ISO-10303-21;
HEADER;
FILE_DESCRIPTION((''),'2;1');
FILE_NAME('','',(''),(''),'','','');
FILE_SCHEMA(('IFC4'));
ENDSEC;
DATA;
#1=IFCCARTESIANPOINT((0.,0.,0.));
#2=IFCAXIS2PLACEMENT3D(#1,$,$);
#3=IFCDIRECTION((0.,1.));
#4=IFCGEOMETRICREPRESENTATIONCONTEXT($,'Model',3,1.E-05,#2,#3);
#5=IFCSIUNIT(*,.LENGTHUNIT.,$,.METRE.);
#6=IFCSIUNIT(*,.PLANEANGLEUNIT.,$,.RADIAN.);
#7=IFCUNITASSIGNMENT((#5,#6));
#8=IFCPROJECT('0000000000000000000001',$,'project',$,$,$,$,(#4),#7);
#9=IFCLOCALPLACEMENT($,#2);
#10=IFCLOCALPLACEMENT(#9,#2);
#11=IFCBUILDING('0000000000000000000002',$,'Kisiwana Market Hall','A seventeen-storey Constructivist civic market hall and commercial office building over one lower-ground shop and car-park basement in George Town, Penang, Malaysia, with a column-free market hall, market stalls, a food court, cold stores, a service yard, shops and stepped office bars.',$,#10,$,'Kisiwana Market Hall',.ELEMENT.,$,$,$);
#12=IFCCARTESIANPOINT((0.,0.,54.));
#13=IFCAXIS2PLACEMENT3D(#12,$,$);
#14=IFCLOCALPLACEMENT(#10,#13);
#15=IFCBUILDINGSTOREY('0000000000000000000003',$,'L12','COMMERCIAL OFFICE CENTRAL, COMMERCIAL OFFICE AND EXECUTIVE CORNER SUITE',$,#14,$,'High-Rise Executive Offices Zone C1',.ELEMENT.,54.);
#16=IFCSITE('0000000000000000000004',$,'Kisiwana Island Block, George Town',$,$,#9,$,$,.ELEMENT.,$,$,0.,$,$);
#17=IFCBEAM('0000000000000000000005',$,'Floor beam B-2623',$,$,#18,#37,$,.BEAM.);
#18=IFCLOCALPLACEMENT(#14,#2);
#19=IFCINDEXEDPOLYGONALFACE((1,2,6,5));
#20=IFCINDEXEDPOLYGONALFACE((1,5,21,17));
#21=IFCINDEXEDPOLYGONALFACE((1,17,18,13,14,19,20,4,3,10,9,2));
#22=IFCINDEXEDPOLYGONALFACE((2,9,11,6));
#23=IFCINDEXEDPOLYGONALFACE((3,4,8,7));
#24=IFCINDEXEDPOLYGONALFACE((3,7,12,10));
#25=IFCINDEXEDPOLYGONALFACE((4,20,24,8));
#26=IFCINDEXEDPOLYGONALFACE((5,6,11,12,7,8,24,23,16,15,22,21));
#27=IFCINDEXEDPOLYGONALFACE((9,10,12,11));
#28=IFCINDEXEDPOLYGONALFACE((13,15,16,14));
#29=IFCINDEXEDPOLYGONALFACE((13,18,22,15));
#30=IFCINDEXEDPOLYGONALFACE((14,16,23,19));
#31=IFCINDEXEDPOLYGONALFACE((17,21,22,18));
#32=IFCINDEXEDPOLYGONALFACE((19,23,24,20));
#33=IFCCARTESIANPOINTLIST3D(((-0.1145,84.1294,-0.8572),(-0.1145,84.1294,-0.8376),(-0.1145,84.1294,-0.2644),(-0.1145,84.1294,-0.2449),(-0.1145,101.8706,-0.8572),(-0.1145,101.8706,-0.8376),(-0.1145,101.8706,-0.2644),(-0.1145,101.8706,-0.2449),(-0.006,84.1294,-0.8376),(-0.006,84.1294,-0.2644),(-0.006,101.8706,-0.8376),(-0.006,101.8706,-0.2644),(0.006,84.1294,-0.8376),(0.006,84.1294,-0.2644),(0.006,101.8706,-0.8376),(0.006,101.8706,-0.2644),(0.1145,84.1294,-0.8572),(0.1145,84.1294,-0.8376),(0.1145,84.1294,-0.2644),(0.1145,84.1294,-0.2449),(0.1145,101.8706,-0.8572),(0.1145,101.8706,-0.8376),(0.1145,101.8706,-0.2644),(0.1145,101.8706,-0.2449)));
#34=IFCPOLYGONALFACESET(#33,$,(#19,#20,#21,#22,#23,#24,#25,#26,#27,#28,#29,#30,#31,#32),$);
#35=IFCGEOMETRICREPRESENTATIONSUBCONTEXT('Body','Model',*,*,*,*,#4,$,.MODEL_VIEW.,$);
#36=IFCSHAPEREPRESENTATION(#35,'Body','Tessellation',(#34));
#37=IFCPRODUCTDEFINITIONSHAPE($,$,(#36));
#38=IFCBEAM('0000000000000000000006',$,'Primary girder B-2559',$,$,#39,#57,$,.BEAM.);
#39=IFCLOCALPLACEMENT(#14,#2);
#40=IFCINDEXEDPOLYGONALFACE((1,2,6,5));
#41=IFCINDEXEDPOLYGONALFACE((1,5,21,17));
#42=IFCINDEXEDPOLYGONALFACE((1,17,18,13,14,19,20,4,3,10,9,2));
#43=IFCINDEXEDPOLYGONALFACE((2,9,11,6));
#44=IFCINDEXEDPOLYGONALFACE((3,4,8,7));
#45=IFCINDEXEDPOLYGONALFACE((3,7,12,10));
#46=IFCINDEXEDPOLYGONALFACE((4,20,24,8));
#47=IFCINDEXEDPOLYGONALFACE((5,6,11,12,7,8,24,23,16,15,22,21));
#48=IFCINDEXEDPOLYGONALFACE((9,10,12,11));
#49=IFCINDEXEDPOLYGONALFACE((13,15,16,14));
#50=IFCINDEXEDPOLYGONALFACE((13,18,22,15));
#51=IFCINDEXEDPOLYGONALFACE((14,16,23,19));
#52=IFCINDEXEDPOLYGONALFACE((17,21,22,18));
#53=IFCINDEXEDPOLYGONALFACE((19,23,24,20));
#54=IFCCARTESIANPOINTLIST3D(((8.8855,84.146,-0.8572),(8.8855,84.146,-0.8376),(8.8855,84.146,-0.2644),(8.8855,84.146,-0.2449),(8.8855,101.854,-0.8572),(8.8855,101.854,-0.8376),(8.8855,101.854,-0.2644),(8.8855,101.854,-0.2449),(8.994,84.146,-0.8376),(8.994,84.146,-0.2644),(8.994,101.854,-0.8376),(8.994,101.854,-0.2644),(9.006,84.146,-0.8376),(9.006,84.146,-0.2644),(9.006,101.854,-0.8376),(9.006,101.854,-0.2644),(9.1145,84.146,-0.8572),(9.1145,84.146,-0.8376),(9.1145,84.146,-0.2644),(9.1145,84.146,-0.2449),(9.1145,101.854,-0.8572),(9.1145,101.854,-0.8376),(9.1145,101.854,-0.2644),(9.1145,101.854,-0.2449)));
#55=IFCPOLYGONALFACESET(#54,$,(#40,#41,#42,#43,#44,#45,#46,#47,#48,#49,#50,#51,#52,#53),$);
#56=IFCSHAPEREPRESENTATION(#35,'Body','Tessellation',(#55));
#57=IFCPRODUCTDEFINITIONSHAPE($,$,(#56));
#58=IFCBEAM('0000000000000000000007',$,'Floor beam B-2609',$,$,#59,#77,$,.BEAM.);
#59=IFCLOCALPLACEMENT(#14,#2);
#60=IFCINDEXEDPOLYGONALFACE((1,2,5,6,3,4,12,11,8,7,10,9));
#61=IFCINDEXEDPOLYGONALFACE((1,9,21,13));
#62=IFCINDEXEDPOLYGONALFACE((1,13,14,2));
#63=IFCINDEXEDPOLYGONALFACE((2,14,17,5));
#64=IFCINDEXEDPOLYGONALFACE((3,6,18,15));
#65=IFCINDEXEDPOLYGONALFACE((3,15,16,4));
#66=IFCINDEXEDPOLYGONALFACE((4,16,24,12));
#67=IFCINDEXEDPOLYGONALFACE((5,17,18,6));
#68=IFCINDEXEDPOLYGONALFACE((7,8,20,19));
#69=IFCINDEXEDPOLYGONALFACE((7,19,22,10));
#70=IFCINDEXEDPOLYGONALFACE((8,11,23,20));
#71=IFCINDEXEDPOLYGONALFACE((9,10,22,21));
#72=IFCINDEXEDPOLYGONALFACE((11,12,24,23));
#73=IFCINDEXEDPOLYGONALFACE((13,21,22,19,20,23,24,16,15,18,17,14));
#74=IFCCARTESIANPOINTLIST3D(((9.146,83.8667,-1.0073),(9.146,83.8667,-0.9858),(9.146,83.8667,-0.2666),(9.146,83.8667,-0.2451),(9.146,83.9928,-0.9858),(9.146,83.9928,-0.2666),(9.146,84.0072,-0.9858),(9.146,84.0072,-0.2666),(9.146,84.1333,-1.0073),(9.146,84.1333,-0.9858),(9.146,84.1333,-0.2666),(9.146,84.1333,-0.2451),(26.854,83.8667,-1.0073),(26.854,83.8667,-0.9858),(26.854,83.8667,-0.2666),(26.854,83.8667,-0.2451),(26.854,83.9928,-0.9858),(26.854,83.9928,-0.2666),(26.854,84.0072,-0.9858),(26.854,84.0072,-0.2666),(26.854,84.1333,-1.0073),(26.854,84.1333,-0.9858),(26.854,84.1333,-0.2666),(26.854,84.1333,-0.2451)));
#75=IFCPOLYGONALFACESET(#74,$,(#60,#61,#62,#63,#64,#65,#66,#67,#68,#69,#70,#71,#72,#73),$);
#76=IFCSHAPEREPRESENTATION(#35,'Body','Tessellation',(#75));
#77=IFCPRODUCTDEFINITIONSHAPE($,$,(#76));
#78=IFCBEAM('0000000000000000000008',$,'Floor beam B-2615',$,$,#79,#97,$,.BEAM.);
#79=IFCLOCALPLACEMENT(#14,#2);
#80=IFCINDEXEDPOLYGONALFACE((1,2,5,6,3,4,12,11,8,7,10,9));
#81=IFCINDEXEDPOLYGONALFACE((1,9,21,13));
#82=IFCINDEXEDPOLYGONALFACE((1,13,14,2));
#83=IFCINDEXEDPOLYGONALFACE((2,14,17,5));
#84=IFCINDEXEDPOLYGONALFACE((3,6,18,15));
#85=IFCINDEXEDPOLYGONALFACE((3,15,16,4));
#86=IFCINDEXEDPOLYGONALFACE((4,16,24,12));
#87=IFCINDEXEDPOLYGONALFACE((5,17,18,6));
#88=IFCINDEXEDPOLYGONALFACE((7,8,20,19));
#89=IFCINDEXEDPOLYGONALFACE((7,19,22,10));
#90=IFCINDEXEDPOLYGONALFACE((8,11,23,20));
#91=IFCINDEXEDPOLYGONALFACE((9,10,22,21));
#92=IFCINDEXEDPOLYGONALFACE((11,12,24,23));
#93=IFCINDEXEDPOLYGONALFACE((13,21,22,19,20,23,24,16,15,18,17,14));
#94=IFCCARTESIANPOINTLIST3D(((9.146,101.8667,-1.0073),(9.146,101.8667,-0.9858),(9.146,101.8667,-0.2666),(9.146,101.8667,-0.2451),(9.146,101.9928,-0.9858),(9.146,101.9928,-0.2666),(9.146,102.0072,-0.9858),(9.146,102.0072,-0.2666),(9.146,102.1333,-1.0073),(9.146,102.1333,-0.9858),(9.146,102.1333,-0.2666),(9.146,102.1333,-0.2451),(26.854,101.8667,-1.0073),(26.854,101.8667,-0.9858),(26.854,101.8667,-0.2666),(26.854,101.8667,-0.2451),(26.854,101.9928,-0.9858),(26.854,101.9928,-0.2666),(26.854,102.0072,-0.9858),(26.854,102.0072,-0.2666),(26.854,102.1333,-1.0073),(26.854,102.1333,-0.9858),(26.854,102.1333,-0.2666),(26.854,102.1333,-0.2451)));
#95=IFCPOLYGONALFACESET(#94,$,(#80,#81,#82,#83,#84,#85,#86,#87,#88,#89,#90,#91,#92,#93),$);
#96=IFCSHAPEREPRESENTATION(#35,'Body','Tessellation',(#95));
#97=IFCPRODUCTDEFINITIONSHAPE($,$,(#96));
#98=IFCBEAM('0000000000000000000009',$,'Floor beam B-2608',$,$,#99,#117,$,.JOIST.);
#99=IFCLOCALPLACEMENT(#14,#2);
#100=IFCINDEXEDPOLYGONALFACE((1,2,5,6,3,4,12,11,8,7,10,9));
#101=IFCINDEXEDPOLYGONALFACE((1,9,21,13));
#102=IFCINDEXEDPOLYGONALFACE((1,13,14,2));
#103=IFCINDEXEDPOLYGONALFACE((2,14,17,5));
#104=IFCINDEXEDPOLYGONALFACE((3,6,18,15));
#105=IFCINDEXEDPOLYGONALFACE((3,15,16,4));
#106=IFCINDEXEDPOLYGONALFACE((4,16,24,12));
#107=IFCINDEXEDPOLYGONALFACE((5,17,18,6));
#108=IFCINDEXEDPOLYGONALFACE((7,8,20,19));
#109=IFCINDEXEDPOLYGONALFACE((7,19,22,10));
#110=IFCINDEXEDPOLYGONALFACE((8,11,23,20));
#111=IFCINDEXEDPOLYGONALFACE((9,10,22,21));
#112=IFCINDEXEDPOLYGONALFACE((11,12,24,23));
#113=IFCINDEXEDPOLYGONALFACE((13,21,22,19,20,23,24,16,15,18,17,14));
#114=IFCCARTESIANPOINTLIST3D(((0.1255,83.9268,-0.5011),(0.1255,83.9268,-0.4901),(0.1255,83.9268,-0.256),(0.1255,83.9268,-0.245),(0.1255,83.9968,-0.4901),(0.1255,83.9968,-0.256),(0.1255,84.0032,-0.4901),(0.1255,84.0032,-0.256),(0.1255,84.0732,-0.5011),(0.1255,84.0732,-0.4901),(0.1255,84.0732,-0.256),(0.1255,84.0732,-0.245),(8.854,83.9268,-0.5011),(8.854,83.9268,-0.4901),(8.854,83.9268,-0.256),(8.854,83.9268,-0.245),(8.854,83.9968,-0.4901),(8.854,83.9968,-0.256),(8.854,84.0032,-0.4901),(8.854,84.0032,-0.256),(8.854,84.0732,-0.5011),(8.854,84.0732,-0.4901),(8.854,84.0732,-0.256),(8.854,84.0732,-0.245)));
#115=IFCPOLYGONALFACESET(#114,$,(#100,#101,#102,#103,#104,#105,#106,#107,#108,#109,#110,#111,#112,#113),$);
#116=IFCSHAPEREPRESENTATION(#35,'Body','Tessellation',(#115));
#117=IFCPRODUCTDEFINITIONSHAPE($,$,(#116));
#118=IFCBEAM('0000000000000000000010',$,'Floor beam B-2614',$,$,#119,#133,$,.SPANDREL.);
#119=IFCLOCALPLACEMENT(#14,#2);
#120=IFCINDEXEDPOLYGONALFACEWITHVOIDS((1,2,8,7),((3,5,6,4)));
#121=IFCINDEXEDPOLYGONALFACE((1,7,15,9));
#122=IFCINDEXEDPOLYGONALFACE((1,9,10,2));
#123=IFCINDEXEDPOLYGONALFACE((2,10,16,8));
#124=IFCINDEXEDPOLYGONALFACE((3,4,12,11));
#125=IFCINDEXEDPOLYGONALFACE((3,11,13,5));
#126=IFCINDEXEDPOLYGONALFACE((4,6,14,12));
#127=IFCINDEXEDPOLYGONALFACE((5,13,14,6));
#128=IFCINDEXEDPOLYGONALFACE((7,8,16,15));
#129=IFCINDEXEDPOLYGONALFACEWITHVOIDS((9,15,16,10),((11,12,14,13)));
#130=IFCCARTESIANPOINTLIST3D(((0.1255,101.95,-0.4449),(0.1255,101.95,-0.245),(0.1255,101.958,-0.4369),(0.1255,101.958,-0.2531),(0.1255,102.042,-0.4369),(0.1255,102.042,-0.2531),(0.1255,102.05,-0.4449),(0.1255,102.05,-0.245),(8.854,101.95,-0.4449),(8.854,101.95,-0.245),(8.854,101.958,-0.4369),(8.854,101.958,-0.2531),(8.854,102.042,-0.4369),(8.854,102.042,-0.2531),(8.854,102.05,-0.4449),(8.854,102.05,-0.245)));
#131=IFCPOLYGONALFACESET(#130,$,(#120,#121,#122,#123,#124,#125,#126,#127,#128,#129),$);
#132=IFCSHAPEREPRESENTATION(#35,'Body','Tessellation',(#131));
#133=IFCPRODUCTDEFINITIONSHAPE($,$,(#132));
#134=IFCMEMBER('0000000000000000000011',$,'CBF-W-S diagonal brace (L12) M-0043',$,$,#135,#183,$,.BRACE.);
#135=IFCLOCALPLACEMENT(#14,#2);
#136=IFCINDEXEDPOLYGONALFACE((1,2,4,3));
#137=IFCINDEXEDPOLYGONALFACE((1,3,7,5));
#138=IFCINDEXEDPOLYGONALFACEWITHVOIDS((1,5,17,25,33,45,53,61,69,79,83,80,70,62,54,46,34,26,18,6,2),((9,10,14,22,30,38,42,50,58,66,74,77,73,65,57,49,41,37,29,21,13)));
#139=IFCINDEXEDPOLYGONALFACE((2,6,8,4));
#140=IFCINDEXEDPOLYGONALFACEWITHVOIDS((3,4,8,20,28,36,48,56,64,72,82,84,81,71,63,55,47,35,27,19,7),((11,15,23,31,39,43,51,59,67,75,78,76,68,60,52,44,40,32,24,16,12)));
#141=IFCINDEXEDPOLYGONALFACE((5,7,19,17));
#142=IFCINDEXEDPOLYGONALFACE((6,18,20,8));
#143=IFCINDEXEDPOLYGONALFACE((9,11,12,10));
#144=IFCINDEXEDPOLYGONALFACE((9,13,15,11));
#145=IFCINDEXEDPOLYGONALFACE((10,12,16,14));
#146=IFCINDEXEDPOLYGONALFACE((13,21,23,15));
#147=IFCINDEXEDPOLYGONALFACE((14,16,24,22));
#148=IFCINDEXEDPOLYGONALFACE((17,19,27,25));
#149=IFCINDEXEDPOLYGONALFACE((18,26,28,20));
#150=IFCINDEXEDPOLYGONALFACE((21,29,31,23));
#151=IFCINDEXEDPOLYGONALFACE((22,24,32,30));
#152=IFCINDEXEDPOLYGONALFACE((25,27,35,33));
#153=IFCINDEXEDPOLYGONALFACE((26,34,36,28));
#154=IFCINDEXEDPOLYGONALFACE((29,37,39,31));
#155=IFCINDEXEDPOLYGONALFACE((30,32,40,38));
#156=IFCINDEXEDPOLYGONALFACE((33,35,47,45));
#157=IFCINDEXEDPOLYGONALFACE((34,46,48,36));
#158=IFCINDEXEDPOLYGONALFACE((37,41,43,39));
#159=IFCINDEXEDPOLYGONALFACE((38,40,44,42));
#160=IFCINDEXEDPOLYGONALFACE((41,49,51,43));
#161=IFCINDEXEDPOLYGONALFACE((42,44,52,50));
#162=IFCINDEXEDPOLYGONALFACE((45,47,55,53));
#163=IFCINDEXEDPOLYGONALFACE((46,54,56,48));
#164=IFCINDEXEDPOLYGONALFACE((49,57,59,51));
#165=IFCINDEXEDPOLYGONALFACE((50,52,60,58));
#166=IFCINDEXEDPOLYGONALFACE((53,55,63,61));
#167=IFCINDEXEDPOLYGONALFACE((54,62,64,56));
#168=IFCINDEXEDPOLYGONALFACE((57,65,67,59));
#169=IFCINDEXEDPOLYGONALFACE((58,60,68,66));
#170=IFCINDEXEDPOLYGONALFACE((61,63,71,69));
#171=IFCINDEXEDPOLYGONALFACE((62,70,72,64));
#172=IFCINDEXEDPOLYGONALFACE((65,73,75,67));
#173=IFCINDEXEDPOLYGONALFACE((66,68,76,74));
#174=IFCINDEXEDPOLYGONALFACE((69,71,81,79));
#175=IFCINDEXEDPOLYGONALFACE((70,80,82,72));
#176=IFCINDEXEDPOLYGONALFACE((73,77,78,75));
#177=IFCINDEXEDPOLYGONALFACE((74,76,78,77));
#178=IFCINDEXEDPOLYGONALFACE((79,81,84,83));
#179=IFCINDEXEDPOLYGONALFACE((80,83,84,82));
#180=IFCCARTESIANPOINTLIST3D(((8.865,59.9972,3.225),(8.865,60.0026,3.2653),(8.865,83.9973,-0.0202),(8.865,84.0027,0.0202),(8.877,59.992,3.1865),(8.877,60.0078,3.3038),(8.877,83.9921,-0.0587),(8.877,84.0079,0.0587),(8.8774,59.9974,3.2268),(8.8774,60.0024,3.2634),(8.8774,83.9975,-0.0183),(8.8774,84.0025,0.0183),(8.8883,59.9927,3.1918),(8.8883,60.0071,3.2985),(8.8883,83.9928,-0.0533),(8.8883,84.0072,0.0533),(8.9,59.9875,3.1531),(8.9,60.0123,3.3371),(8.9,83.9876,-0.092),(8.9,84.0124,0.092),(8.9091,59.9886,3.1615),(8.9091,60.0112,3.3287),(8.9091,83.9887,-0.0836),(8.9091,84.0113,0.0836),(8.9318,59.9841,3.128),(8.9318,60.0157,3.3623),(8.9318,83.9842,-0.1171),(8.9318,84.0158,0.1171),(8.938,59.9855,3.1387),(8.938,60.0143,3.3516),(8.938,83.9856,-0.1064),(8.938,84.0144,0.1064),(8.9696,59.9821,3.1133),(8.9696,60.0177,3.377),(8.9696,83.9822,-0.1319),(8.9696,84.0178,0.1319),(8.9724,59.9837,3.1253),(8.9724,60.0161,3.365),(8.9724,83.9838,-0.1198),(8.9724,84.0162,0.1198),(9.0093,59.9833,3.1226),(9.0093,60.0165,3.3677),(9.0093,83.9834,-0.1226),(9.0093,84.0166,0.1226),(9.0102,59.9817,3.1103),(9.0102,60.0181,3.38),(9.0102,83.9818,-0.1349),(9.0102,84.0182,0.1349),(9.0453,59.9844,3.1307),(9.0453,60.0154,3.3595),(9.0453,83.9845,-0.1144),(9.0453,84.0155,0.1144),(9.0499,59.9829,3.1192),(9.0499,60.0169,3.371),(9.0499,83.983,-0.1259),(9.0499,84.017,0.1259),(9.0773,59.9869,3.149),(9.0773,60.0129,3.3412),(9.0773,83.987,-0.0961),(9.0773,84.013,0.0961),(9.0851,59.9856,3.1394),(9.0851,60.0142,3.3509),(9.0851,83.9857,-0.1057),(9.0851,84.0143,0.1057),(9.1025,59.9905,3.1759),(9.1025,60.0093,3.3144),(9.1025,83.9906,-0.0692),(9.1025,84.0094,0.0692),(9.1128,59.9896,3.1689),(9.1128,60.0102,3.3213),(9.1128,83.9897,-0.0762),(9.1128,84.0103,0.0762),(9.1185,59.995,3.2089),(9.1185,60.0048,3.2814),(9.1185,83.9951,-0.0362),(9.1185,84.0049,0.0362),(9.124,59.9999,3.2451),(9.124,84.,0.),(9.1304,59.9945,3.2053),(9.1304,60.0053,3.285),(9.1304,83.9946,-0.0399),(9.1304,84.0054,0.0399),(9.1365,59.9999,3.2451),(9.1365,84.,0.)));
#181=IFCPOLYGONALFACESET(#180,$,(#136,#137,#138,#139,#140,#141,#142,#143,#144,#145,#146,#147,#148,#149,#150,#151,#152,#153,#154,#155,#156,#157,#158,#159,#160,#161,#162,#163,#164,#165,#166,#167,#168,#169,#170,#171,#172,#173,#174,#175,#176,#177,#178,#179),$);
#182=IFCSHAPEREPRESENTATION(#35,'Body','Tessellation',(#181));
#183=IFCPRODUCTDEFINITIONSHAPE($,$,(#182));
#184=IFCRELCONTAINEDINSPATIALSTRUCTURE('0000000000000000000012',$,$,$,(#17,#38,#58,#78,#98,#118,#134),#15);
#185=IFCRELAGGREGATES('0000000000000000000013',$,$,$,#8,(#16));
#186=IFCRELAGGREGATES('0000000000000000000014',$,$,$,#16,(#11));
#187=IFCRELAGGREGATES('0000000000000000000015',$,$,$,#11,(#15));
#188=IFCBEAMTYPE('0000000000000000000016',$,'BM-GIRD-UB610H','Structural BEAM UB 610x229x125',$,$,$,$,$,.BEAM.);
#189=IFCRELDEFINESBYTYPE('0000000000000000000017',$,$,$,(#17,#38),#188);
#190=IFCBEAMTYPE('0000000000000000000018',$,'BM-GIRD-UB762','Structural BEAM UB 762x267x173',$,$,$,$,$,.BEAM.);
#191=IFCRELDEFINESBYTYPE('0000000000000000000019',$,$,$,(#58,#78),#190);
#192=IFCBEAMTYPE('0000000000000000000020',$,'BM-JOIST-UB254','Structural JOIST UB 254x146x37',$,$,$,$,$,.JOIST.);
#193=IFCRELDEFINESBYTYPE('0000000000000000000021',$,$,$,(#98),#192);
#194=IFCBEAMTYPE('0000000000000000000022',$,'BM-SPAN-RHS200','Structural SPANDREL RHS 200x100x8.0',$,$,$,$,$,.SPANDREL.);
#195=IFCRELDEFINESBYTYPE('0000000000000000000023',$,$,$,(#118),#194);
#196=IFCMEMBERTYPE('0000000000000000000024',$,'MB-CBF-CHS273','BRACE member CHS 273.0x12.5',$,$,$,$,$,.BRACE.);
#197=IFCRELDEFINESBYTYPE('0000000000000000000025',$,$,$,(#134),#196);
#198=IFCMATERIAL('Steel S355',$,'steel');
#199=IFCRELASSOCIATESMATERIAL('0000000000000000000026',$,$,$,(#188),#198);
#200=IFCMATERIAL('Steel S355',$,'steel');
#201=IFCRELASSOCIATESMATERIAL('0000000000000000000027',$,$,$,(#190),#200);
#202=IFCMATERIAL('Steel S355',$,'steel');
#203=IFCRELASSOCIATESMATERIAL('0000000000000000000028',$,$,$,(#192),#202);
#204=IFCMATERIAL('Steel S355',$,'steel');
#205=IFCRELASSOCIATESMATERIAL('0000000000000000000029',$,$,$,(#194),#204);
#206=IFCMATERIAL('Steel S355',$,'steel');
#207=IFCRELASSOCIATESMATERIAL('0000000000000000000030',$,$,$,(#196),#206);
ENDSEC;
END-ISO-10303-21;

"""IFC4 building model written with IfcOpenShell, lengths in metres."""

from ifc_helpers import new_model, si_unit, direction, frame, origin, origin_2d, place, context, subcontext, project, spatial, hollow_rectangle, hollow_circle, i_section, extrude, material, material_profile, profile_set, type_object, element, save


model = new_model("IFC4")

# Units and contexts
model_context = context("Model", 3, precision=1e-05, world=origin(), true_north=direction((0.0, 1.0)))
body_context = subcontext(model_context, "Body", "Model", "MODEL_VIEW")
ifc_project = project(units=[si_unit("LENGTHUNIT", "METRE"), si_unit("PLANEANGLEUNIT", "RADIAN")], contexts=[model_context])

# Site, building, storey
site_placement = place(None, origin())
site = spatial("IfcSite", under=ifc_project, at=site_placement, Name="Kisiwana Island Block, George Town", CompositionType="ELEMENT", RefElevation=0.0)
building_placement = place(site_placement, origin())
building = spatial("IfcBuilding", under=site, at=building_placement, Name="Kisiwana Market Hall", Description="A seventeen-storey Constructivist civic market hall and commercial office building over one lower-ground shop and car-park basement in George Town, Penang, Malaysia, with a column-free market hall, market stalls, a food court, cold stores, a service yard, shops and stepped office bars.", LongName="Kisiwana Market Hall", CompositionType="ELEMENT")
storey_placement = place(building_placement, frame((0.0, 0.0, 54.0)))
storey = spatial("IfcBuildingStorey", under=building, at=storey_placement, Name="L12", Description="COMMERCIAL OFFICE CENTRAL, COMMERCIAL OFFICE AND EXECUTIVE CORNER SUITE", LongName="High-Rise Executive Offices Zone C1", CompositionType="ELEMENT", Elevation=54.0)

# Beams
ifc_material_1 = material(Name="Steel S355", Category="steel")
ifc_material_profile_1 = material_profile(ifc_material_1, i_section(OverallWidth=0.229, OverallDepth=0.6123, WebThickness=0.012, FlangeThickness=0.0195, at=origin_2d()), Name="UB 610x229x125")
ifc_profile_set_1 = profile_set([ifc_material_profile_1], Name="Steel S355")
beam_type_1 = type_object("IfcBeamType", Name="BM-GIRD-UB610H", Description="Structural BEAM UB 610x229x125", PredefinedType="BEAM", material=ifc_profile_set_1)
beam_1_placement = place(storey_placement, frame((0.0, 84.1294, -0.551), z_axis=(0.0, 1.0, 0.0), x_axis=(-1.0, 0.0, 0.0)))
element("IfcBeam", 1, at=beam_1_placement, inside=storey, type_object=beam_type_1, Name="Floor beam B-2623", PredefinedType="BEAM", context=body_context, shape_type="SweptSolid", body=[
    extrude(i_section(OverallWidth=0.229, OverallDepth=0.6123, WebThickness=0.012, FlangeThickness=0.0195, at=origin_2d()), origin(), (0.0, 0.0, 1.0), 17.7412),
])
beam_2_placement = place(storey_placement, frame((9.0, 84.146, -0.551), z_axis=(0.0, 1.0, 0.0), x_axis=(-1.0, 0.0, 0.0)))
element("IfcBeam", 2, at=beam_2_placement, inside=storey, type_object=beam_type_1, Name="Primary girder B-2559", PredefinedType="BEAM", context=body_context, shape_type="SweptSolid", body=[
    extrude(i_section(OverallWidth=0.229, OverallDepth=0.6123, WebThickness=0.012, FlangeThickness=0.0195, at=origin_2d()), origin(), (0.0, 0.0, 1.0), 17.708),
])
ifc_material_2 = material(Name="Steel S355", Category="steel")
ifc_material_profile_2 = material_profile(ifc_material_2, i_section(OverallWidth=0.2666, OverallDepth=0.7622, WebThickness=0.0144, FlangeThickness=0.0215, at=origin_2d()), Name="UB 762x267x173")
ifc_profile_set_2 = profile_set([ifc_material_profile_2], Name="Steel S355")
beam_type_2 = type_object("IfcBeamType", Name="BM-GIRD-UB762", Description="Structural BEAM UB 762x267x173", PredefinedType="BEAM", material=ifc_profile_set_2)
for number, where, z_axis, x_axis, name in (
    (3, (9.146, 84.0, -0.6262), (1.0, 0.0, 0.0), (0.0, 1.0, 0.0), "Floor beam B-2609"),
    (4, (9.146, 102.0, -0.6262), (1.0, 0.0, 0.0), (0.0, 1.0, 0.0), "Floor beam B-2615"),
):
    element("IfcBeam", number, at=place(storey_placement, frame(where, z_axis=z_axis, x_axis=x_axis)), inside=storey, type_object=beam_type_2, Name=name, PredefinedType="BEAM", context=body_context, shape_type="SweptSolid", body=[
        extrude(i_section(OverallWidth=0.2666, OverallDepth=0.7622, WebThickness=0.0144, FlangeThickness=0.0215, at=origin_2d()), origin(), (0.0, 0.0, 1.0), 17.708),
    ])
ifc_material_3 = material(Name="Steel S355", Category="steel")
ifc_material_profile_3 = material_profile(ifc_material_3, i_section(OverallWidth=0.1465, OverallDepth=0.2561, WebThickness=0.0063, FlangeThickness=0.011, at=origin_2d()), Name="UB 254x146x37")
ifc_profile_set_3 = profile_set([ifc_material_profile_3], Name="Steel S355")
beam_type_3 = type_object("IfcBeamType", Name="BM-JOIST-UB254", Description="Structural JOIST UB 254x146x37", PredefinedType="JOIST", material=ifc_profile_set_3)
beam_3_placement = place(storey_placement, frame((0.1255, 84.0, -0.373), z_axis=(1.0, 0.0, 0.0), x_axis=(0.0, 1.0, 0.0)))
element("IfcBeam", 5, at=beam_3_placement, inside=storey, type_object=beam_type_3, Name="Floor beam B-2608", PredefinedType="JOIST", context=body_context, shape_type="SweptSolid", body=[
    extrude(i_section(OverallWidth=0.1465, OverallDepth=0.2561, WebThickness=0.0063, FlangeThickness=0.011, at=origin_2d()), origin(), (0.0, 0.0, 1.0), 8.7285),
])
ifc_material_4 = material(Name="Steel S355", Category="steel")
ifc_material_profile_4 = material_profile(ifc_material_4, hollow_rectangle(XDim=0.1001, YDim=0.2, WallThickness=0.0081, at=origin_2d()), Name="RHS 200x100x8.0")
ifc_profile_set_4 = profile_set([ifc_material_profile_4], Name="Steel S355")
beam_type_4 = type_object("IfcBeamType", Name="BM-SPAN-RHS200", Description="Structural SPANDREL RHS 200x100x8.0", PredefinedType="SPANDREL", material=ifc_profile_set_4)
beam_4_placement = place(storey_placement, frame((0.1255, 102.0, -0.345), z_axis=(1.0, 0.0, 0.0), x_axis=(0.0, 1.0, 0.0)))
element("IfcBeam", 6, at=beam_4_placement, inside=storey, type_object=beam_type_4, Name="Floor beam B-2614", PredefinedType="SPANDREL", context=body_context, shape_type="SweptSolid", body=[
    extrude(hollow_rectangle(XDim=0.1001, YDim=0.2, WallThickness=0.0081, at=origin_2d()), origin(), (0.0, 0.0, 1.0), 8.7285),
])

# Member
ifc_material_5 = material(Name="Steel S355", Category="steel")
ifc_material_profile_5 = material_profile(ifc_material_5, hollow_circle(Radius=0.1365, WallThickness=0.0125, at=origin_2d()), Name="CHS 273.0x12.5")
ifc_profile_set_5 = profile_set([ifc_material_profile_5], Name="Steel S355")
member_type = type_object("IfcMemberType", Name="MB-CBF-CHS273", Description="BRACE member CHS 273.0x12.5", PredefinedType="BRACE", material=ifc_profile_set_5)
member_placement = place(storey_placement, frame((9.0, 84.0, 0.0), z_axis=(0.0, -0.990982, 0.133994), x_axis=(1.0, 0.0, 0.0)))
element("IfcMember", 7, at=member_placement, inside=storey, type_object=member_type, Name="CBF-W-S diagonal brace (L12) M-0043", PredefinedType="BRACE", context=body_context, shape_type="SweptSolid", body=[
    extrude(hollow_circle(Radius=0.1365, WallThickness=0.0125, at=origin_2d()), origin(), (0.0, 0.0, 1.0), 24.2185),
])

save(model, "model.ifc")
